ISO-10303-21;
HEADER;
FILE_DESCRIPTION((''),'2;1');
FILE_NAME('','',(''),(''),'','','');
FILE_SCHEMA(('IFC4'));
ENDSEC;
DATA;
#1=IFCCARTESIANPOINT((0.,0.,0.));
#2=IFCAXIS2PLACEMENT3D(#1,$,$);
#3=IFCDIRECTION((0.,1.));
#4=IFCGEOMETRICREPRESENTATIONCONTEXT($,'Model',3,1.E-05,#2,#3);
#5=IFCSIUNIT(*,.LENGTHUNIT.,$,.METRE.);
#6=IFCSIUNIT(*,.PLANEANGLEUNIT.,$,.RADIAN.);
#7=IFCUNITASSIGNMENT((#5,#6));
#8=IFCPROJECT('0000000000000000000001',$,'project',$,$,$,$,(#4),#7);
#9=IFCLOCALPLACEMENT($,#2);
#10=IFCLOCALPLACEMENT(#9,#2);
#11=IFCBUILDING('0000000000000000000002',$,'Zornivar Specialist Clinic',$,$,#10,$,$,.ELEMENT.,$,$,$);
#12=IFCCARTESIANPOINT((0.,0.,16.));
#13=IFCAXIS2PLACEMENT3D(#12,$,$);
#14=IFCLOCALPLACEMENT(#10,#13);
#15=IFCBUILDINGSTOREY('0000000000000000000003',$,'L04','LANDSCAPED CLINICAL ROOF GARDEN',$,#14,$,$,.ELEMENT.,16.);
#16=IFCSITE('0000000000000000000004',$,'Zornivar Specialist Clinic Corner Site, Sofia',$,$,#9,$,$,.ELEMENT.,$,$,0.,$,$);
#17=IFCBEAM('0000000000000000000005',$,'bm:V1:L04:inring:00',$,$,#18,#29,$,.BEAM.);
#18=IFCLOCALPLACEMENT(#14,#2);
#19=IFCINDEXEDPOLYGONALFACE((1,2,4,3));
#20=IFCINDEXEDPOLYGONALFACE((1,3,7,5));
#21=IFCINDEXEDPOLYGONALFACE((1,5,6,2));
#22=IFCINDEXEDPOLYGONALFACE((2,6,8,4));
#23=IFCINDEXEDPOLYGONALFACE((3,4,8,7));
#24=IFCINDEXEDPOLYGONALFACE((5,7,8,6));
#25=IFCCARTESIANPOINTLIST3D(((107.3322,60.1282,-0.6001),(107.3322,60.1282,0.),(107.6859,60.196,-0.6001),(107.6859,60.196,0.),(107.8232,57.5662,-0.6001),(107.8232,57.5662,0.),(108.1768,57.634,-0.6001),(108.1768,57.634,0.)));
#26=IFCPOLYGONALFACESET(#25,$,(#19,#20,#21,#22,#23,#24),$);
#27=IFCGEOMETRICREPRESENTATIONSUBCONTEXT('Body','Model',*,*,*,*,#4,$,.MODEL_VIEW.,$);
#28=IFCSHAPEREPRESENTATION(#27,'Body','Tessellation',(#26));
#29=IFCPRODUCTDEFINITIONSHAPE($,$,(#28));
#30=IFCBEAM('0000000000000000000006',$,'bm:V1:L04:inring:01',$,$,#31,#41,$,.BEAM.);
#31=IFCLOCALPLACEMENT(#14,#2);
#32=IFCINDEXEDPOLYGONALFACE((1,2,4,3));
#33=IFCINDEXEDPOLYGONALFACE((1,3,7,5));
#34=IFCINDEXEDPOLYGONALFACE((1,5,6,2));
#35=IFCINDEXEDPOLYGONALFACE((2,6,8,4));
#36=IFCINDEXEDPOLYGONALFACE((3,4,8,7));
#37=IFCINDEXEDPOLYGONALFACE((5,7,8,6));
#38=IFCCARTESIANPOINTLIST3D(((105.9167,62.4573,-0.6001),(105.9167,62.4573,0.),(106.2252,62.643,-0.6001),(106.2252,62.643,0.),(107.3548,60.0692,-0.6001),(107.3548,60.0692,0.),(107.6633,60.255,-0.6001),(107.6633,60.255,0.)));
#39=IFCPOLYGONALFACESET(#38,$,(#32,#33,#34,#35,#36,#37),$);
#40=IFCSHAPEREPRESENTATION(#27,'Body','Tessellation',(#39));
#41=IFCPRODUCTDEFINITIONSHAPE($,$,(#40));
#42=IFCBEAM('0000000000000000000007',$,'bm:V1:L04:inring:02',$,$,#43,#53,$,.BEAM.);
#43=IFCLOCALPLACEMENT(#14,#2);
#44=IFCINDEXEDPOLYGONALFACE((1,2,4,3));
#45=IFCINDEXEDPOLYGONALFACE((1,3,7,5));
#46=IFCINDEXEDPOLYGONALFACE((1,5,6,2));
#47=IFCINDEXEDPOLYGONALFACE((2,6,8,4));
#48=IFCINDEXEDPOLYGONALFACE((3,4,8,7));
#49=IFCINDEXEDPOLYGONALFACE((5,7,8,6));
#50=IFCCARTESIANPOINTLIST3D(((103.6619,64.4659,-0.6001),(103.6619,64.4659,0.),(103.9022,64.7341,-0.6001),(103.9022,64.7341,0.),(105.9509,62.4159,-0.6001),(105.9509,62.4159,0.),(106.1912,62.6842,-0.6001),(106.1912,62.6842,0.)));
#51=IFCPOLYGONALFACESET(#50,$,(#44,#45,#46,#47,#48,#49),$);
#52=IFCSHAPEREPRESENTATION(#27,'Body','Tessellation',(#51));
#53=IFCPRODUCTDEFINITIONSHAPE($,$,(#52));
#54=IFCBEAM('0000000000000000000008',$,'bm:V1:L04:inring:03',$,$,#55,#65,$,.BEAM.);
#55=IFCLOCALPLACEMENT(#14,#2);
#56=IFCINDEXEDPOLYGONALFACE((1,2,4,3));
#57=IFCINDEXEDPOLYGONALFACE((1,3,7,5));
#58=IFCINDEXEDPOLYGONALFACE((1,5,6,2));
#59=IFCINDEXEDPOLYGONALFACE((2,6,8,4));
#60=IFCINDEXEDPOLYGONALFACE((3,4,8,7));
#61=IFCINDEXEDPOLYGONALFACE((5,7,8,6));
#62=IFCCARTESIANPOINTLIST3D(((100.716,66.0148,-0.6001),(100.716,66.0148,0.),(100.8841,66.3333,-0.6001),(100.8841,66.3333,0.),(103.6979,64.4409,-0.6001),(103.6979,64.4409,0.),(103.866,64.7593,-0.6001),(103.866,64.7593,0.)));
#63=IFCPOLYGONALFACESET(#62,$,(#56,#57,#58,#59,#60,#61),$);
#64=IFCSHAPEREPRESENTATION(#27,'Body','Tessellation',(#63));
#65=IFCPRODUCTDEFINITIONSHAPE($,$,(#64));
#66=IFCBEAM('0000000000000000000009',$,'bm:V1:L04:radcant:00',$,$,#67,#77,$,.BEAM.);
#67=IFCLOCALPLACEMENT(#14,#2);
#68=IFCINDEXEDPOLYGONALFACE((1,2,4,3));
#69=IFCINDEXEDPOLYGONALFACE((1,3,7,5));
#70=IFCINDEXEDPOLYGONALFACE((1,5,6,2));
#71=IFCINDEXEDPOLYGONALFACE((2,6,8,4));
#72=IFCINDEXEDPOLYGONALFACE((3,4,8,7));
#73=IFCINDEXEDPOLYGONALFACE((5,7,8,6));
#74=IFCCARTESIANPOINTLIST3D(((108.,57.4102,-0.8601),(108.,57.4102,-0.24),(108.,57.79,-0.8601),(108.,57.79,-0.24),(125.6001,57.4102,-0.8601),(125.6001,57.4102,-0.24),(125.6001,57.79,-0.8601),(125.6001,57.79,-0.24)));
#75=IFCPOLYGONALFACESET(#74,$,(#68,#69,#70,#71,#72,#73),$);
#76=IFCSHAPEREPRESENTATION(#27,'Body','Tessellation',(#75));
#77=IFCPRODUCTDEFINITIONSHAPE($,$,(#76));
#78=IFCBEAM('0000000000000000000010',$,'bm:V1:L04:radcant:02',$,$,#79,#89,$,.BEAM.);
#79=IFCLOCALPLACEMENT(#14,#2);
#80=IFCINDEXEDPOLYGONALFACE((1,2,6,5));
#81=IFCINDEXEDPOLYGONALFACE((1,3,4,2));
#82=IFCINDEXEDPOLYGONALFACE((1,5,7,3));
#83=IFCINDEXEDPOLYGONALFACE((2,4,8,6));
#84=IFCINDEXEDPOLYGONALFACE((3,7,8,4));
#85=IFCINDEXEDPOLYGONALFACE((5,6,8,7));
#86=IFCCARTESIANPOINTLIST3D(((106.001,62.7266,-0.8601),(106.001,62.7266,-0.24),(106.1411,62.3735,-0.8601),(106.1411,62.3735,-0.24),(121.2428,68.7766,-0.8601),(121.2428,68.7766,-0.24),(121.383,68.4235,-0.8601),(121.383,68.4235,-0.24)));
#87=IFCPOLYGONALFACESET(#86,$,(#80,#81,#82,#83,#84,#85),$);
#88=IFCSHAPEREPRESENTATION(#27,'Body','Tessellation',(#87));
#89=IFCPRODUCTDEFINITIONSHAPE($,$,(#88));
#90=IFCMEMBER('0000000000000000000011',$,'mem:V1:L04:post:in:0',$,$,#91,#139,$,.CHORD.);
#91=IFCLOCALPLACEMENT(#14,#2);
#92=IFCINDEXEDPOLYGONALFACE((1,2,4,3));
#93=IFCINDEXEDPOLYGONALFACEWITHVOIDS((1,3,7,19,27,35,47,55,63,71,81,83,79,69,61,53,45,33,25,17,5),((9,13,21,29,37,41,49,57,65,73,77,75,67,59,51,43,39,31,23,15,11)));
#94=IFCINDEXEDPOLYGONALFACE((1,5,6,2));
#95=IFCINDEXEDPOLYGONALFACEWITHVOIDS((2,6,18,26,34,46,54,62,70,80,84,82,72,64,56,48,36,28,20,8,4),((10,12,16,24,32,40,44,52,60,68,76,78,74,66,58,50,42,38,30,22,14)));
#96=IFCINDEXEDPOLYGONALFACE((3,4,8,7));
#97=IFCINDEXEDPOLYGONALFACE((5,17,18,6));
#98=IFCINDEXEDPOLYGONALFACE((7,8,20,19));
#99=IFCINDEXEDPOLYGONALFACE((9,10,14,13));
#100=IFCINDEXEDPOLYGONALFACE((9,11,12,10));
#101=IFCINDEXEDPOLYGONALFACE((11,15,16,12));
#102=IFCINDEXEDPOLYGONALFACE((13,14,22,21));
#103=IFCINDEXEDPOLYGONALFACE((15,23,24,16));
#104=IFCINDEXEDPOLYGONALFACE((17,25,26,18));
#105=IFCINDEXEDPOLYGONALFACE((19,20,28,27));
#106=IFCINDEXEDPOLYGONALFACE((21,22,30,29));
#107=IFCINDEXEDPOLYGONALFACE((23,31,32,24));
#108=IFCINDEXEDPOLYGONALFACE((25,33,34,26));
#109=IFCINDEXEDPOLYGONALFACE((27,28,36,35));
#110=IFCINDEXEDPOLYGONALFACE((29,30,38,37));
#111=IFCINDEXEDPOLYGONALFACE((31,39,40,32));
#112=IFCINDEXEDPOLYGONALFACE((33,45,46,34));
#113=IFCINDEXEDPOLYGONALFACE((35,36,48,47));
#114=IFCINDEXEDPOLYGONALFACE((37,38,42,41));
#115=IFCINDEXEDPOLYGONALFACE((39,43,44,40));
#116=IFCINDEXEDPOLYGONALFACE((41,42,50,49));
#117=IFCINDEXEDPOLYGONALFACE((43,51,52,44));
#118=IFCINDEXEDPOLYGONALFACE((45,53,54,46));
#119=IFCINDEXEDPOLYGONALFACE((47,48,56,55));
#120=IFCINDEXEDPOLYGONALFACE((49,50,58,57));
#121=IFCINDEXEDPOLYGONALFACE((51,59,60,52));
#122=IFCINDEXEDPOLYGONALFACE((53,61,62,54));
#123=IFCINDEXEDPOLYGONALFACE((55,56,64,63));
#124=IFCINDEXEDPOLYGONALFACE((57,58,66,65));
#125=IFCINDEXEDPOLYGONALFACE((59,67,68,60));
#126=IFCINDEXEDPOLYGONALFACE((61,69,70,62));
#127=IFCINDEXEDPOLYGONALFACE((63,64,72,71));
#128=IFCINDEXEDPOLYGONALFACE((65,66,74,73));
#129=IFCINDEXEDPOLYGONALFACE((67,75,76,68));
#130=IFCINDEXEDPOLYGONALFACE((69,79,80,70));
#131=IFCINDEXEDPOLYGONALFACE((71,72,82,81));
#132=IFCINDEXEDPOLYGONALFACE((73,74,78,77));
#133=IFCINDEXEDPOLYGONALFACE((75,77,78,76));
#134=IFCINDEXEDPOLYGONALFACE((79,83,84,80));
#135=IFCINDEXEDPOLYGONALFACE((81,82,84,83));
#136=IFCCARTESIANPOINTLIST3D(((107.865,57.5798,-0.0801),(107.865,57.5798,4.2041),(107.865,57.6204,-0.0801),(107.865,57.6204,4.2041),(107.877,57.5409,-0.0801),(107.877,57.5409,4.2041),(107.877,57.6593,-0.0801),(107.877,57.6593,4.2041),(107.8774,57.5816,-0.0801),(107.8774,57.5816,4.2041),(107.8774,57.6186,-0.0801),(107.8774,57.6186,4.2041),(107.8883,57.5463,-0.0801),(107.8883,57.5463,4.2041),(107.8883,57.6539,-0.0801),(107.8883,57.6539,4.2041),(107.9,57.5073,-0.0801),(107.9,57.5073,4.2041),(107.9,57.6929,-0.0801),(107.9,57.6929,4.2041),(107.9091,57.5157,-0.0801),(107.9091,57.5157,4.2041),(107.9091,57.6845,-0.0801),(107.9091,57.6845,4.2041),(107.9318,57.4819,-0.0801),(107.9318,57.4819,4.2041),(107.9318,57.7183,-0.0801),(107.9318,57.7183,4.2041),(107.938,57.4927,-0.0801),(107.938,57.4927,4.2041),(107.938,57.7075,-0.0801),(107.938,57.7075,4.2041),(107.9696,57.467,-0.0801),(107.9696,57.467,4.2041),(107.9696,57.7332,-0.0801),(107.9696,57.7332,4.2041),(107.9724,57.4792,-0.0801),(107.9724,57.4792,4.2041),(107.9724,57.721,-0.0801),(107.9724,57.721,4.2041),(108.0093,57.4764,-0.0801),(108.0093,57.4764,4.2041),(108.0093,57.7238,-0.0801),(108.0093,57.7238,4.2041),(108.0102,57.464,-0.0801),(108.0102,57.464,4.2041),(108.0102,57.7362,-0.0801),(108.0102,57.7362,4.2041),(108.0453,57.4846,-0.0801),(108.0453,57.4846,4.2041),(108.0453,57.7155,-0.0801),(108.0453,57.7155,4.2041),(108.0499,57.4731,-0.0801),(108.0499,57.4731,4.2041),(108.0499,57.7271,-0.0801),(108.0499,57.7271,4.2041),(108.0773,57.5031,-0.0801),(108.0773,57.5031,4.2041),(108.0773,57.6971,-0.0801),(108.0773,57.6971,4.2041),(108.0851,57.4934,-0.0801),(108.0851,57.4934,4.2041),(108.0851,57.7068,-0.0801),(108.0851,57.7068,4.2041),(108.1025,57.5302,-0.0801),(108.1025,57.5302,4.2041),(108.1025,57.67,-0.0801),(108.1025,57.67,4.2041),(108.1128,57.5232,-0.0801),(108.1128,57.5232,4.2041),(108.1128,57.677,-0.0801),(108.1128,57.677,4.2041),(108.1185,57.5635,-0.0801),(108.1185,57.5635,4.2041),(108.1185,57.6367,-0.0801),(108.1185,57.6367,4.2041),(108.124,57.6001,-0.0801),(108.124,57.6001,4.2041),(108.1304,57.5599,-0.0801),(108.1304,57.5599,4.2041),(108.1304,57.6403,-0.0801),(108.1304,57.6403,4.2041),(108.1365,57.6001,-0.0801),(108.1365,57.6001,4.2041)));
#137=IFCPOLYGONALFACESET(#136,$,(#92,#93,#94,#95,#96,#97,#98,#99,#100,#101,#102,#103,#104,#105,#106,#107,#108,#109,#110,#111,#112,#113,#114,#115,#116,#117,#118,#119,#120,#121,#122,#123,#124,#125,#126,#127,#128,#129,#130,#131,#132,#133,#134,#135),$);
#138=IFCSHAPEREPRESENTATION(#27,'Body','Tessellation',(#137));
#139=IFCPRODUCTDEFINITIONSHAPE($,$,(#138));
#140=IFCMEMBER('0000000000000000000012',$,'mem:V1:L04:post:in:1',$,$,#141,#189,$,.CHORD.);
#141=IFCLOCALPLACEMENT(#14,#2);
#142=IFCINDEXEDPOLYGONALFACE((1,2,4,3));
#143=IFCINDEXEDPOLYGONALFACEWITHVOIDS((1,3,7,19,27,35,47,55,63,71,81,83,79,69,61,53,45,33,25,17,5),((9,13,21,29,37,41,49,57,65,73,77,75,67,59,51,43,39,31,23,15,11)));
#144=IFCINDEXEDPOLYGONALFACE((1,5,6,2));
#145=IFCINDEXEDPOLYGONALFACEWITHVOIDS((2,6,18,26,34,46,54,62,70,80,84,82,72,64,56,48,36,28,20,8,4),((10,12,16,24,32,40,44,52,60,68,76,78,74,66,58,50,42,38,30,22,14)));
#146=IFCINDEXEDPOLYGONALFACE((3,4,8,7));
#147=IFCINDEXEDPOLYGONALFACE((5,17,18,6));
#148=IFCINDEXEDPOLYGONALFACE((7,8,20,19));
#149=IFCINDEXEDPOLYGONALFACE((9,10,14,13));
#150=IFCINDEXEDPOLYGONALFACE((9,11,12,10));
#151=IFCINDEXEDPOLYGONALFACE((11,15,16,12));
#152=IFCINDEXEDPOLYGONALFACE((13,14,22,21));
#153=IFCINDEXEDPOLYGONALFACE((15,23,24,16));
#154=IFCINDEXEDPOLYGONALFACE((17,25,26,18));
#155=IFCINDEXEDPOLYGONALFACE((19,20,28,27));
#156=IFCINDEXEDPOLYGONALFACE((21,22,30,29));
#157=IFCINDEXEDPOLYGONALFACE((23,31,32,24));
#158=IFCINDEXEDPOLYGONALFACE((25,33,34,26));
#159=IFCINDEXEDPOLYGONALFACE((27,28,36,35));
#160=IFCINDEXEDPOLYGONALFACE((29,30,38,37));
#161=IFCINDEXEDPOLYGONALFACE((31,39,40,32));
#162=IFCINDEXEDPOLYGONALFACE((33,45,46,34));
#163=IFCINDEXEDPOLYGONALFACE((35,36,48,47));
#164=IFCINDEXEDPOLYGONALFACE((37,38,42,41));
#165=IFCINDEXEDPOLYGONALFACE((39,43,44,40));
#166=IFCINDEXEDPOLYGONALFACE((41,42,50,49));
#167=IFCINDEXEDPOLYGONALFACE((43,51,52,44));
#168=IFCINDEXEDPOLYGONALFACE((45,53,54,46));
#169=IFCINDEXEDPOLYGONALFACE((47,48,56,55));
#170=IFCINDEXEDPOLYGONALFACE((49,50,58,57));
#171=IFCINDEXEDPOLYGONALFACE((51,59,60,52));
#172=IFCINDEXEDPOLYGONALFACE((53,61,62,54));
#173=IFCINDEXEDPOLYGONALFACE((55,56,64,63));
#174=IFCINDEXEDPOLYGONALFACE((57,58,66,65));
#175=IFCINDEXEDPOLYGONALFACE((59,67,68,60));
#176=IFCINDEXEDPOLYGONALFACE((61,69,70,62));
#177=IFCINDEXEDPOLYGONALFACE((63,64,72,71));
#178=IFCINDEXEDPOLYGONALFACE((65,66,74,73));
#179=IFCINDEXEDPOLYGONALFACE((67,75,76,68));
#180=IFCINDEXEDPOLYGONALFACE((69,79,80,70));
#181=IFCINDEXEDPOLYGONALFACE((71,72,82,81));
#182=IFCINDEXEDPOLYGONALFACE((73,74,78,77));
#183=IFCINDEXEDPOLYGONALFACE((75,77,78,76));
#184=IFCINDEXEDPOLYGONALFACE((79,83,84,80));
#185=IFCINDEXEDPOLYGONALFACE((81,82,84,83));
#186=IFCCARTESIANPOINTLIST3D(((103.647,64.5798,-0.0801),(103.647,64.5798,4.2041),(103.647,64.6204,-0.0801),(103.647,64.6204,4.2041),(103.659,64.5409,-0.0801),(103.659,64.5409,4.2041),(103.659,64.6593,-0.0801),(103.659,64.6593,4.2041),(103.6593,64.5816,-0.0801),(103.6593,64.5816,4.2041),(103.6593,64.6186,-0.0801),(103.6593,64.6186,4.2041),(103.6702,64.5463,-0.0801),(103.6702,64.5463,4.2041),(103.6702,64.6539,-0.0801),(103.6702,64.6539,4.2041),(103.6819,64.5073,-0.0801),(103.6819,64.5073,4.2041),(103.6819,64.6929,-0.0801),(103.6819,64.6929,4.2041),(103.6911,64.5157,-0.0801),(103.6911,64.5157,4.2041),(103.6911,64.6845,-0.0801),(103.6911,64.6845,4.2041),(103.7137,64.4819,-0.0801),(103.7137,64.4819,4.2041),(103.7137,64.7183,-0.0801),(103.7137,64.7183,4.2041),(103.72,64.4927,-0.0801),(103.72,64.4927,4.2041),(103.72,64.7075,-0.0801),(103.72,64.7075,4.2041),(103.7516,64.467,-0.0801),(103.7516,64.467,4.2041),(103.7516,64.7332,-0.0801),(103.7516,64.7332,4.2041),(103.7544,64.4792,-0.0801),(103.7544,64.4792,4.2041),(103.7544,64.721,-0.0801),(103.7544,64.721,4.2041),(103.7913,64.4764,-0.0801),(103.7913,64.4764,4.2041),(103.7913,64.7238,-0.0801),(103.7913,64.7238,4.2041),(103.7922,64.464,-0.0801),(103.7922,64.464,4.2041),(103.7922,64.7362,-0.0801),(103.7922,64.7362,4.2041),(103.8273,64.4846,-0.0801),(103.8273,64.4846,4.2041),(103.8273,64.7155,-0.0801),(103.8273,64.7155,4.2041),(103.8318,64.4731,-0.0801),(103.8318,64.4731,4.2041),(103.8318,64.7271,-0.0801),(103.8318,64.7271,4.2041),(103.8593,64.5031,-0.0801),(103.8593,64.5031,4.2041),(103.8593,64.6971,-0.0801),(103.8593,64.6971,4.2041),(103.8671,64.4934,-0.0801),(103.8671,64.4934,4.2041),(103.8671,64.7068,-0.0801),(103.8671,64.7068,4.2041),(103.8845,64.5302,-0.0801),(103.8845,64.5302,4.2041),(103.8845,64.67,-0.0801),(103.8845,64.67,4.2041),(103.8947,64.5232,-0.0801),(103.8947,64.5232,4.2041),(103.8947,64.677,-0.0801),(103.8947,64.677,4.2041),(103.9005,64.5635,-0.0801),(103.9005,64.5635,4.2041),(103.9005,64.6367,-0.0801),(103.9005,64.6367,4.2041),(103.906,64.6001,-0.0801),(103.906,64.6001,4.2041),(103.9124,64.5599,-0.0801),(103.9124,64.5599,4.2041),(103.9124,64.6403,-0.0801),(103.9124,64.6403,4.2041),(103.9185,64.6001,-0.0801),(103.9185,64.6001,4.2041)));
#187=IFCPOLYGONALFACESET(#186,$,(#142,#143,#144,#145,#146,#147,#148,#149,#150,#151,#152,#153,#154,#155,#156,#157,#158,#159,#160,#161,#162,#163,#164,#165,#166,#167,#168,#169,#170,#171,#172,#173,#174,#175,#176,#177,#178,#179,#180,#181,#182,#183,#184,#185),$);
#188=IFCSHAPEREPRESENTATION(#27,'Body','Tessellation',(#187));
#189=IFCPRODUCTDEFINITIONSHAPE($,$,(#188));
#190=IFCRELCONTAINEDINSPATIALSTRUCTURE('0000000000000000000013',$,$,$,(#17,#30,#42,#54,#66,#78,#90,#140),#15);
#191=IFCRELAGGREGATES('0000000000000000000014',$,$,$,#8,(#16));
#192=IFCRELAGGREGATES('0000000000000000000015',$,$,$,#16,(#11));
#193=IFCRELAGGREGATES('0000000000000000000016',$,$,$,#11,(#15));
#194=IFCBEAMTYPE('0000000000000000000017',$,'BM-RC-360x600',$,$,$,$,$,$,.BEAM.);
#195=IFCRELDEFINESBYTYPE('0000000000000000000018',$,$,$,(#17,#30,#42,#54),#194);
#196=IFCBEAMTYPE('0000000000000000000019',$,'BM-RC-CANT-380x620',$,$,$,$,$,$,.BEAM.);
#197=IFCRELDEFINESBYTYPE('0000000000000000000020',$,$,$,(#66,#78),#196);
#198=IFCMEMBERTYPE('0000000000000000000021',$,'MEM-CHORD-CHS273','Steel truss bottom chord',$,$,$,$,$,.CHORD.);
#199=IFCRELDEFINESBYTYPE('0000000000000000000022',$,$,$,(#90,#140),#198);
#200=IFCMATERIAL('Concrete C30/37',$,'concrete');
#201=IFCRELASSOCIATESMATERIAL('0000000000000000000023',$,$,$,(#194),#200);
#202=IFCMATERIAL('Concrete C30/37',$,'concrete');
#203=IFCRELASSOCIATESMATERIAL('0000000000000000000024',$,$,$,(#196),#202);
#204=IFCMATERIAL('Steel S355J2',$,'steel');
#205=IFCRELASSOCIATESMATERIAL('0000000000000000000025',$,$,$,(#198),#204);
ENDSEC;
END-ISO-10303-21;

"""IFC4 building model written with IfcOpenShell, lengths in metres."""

from ifc_helpers import new_model, si_unit, direction, frame, origin, origin_2d, place, context, subcontext, project, spatial, rectangle, hollow_circle, extrude, material, material_profile, profile_set, type_object, element, save


model = new_model("IFC4")

# Units and contexts
model_context = context("Model", 3, precision=1e-05, world=origin(), true_north=direction((0.0, 1.0)))
body_context = subcontext(model_context, "Body", "Model", "MODEL_VIEW")
ifc_project = project(units=[si_unit("LENGTHUNIT", "METRE"), si_unit("PLANEANGLEUNIT", "RADIAN")], contexts=[model_context])

# Site, building, storey
site_placement = place(None, origin())
site = spatial("IfcSite", under=ifc_project, at=site_placement, Name="Zornivar Specialist Clinic Corner Site, Sofia", CompositionType="ELEMENT", RefElevation=0.0)
building_placement = place(site_placement, origin())
building = spatial("IfcBuilding", under=site, at=building_placement, Name="Zornivar Specialist Clinic", CompositionType="ELEMENT")
storey_placement = place(building_placement, frame((0.0, 0.0, 16.0)))
storey = spatial("IfcBuildingStorey", under=building, at=storey_placement, Name="L04", Description="LANDSCAPED CLINICAL ROOF GARDEN", CompositionType="ELEMENT", Elevation=16.0)

# Beams
ifc_material_1 = material(Name="Concrete C30/37", Category="concrete")
ifc_material_profile_1 = material_profile(ifc_material_1, rectangle(XDim=0.3601, YDim=0.6001, at=origin_2d()), Name="RC 360x600")
ifc_profile_set_1 = profile_set([ifc_material_profile_1], Name="Concrete C30/37")
beam_type_1 = type_object("IfcBeamType", Name="BM-RC-360x600", PredefinedType="BEAM", material=ifc_profile_set_1)
beam_1_placement = place(storey_placement, frame((108.0, 57.6001, -0.3), z_axis=(-0.188209, 0.982129, 0.0), x_axis=(-0.982129, -0.188209, 0.0)))
element("IfcBeam", 1, at=beam_1_placement, inside=storey, type_object=beam_type_1, Name="bm:V1:L04:inring:00", PredefinedType="BEAM", context=body_context, shape_type="SweptSolid", body=[
    extrude(rectangle(XDim=0.3601, YDim=0.6001, at=origin_2d()), origin(), (0.0, 0.0, 1.0), 2.6086),
])
beam_2_placement = place(storey_placement, frame((107.509, 60.1621, -0.3), z_axis=(-0.515873, 0.856665, 0.0), x_axis=(-0.856665, -0.515873, 0.0)))
element("IfcBeam", 2, at=beam_2_placement, inside=storey, type_object=beam_type_1, Name="bm:V1:L04:inring:01", PredefinedType="BEAM", context=body_context, shape_type="SweptSolid", body=[
    extrude(rectangle(XDim=0.3601, YDim=0.6001, at=origin_2d()), origin(), (0.0, 0.0, 1.0), 2.7876),
])
beam_3_placement = place(storey_placement, frame((106.071, 62.55, -0.3), z_axis=(-0.744927, 0.667145, 0.0), x_axis=(-0.667145, -0.744927, 0.0)))
element("IfcBeam", 3, at=beam_3_placement, inside=storey, type_object=beam_type_1, Name="bm:V1:L04:inring:02", PredefinedType="BEAM", context=body_context, shape_type="SweptSolid", body=[
    extrude(rectangle(XDim=0.3601, YDim=0.6001, at=origin_2d()), origin(), (0.0, 0.0, 1.0), 3.0728),
])
beam_4_placement = place(storey_placement, frame((103.782, 64.6001, -0.3), z_axis=(-0.884363, 0.4668, 0.0), x_axis=(-0.4668, -0.884363, 0.0)))
element("IfcBeam", 4, at=beam_4_placement, inside=storey, type_object=beam_type_1, Name="bm:V1:L04:inring:03", PredefinedType="BEAM", context=body_context, shape_type="SweptSolid", body=[
    extrude(rectangle(XDim=0.3601, YDim=0.6001, at=origin_2d()), origin(), (0.0, 0.0, 1.0), 3.3718),
])
ifc_material_2 = material(Name="Concrete C30/37", Category="concrete")
ifc_material_profile_2 = material_profile(ifc_material_2, rectangle(XDim=0.3799, YDim=0.6201, at=origin_2d()), Name="RC 380x620")
ifc_profile_set_2 = profile_set([ifc_material_profile_2], Name="Concrete C30/37")
beam_type_2 = type_object("IfcBeamType", Name="BM-RC-CANT-380x620", PredefinedType="BEAM", material=ifc_profile_set_2)
beam_5_placement = place(storey_placement, frame((108.0, 57.6001, -0.55), z_axis=(1.0, 0.0, 0.0), x_axis=(0.0, 1.0, 0.0)))
element("IfcBeam", 5, at=beam_5_placement, inside=storey, type_object=beam_type_2, Name="bm:V1:L04:radcant:00", PredefinedType="BEAM", context=body_context, shape_type="SweptSolid", body=[
    extrude(rectangle(XDim=0.3799, YDim=0.6201, at=origin_2d()), origin(), (0.0, 0.0, 1.0), 17.6001),
])
beam_6_placement = place(storey_placement, frame((106.071, 62.55, -0.55), z_axis=(0.929456, 0.368933, 0.0), x_axis=(-0.368933, 0.929456, 0.0)))
element("IfcBeam", 6, at=beam_6_placement, inside=storey, type_object=beam_type_2, Name="bm:V1:L04:radcant:02", PredefinedType="BEAM", context=body_context, shape_type="SweptSolid", body=[
    extrude(rectangle(XDim=0.3799, YDim=0.6201, at=origin_2d()), origin(), (0.0, 0.0, 1.0), 16.3987),
])

# Members
ifc_material_3 = material(Name="Steel S355J2", Category="steel")
ifc_material_profile_3 = material_profile(ifc_material_3, hollow_circle(Radius=0.1365, WallThickness=0.0125, at=origin_2d()), Name="CHS 273x12.5")
ifc_profile_set_3 = profile_set([ifc_material_profile_3], Name="Steel S355J2")
member_type_1 = type_object("IfcMemberType", Name="MEM-CHORD-CHS273", Description="Steel truss bottom chord", PredefinedType="CHORD", material=ifc_profile_set_3)
for number, where, z_axis, x_axis, name in (
    (7, (108.0, 57.6001, -0.0801), (0.0, 0.0, 1.0), (1.0, 0.0, 0.0), "mem:V1:L04:post:in:0"),
    (8, (103.782, 64.6001, -0.0801), (0.0, 0.0, 1.0), (1.0, 0.0, 0.0), "mem:V1:L04:post:in:1"),
):
    element("IfcMember", number, at=place(storey_placement, frame(where, z_axis=z_axis, x_axis=x_axis)), inside=storey, type_object=member_type_1, Name=name, PredefinedType="CHORD", context=body_context, shape_type="SweptSolid", body=[
        extrude(hollow_circle(Radius=0.1365, WallThickness=0.0125, at=origin_2d()), origin(), (0.0, 0.0, 1.0), 4.2842),
    ])

save(model, "model.ifc")
